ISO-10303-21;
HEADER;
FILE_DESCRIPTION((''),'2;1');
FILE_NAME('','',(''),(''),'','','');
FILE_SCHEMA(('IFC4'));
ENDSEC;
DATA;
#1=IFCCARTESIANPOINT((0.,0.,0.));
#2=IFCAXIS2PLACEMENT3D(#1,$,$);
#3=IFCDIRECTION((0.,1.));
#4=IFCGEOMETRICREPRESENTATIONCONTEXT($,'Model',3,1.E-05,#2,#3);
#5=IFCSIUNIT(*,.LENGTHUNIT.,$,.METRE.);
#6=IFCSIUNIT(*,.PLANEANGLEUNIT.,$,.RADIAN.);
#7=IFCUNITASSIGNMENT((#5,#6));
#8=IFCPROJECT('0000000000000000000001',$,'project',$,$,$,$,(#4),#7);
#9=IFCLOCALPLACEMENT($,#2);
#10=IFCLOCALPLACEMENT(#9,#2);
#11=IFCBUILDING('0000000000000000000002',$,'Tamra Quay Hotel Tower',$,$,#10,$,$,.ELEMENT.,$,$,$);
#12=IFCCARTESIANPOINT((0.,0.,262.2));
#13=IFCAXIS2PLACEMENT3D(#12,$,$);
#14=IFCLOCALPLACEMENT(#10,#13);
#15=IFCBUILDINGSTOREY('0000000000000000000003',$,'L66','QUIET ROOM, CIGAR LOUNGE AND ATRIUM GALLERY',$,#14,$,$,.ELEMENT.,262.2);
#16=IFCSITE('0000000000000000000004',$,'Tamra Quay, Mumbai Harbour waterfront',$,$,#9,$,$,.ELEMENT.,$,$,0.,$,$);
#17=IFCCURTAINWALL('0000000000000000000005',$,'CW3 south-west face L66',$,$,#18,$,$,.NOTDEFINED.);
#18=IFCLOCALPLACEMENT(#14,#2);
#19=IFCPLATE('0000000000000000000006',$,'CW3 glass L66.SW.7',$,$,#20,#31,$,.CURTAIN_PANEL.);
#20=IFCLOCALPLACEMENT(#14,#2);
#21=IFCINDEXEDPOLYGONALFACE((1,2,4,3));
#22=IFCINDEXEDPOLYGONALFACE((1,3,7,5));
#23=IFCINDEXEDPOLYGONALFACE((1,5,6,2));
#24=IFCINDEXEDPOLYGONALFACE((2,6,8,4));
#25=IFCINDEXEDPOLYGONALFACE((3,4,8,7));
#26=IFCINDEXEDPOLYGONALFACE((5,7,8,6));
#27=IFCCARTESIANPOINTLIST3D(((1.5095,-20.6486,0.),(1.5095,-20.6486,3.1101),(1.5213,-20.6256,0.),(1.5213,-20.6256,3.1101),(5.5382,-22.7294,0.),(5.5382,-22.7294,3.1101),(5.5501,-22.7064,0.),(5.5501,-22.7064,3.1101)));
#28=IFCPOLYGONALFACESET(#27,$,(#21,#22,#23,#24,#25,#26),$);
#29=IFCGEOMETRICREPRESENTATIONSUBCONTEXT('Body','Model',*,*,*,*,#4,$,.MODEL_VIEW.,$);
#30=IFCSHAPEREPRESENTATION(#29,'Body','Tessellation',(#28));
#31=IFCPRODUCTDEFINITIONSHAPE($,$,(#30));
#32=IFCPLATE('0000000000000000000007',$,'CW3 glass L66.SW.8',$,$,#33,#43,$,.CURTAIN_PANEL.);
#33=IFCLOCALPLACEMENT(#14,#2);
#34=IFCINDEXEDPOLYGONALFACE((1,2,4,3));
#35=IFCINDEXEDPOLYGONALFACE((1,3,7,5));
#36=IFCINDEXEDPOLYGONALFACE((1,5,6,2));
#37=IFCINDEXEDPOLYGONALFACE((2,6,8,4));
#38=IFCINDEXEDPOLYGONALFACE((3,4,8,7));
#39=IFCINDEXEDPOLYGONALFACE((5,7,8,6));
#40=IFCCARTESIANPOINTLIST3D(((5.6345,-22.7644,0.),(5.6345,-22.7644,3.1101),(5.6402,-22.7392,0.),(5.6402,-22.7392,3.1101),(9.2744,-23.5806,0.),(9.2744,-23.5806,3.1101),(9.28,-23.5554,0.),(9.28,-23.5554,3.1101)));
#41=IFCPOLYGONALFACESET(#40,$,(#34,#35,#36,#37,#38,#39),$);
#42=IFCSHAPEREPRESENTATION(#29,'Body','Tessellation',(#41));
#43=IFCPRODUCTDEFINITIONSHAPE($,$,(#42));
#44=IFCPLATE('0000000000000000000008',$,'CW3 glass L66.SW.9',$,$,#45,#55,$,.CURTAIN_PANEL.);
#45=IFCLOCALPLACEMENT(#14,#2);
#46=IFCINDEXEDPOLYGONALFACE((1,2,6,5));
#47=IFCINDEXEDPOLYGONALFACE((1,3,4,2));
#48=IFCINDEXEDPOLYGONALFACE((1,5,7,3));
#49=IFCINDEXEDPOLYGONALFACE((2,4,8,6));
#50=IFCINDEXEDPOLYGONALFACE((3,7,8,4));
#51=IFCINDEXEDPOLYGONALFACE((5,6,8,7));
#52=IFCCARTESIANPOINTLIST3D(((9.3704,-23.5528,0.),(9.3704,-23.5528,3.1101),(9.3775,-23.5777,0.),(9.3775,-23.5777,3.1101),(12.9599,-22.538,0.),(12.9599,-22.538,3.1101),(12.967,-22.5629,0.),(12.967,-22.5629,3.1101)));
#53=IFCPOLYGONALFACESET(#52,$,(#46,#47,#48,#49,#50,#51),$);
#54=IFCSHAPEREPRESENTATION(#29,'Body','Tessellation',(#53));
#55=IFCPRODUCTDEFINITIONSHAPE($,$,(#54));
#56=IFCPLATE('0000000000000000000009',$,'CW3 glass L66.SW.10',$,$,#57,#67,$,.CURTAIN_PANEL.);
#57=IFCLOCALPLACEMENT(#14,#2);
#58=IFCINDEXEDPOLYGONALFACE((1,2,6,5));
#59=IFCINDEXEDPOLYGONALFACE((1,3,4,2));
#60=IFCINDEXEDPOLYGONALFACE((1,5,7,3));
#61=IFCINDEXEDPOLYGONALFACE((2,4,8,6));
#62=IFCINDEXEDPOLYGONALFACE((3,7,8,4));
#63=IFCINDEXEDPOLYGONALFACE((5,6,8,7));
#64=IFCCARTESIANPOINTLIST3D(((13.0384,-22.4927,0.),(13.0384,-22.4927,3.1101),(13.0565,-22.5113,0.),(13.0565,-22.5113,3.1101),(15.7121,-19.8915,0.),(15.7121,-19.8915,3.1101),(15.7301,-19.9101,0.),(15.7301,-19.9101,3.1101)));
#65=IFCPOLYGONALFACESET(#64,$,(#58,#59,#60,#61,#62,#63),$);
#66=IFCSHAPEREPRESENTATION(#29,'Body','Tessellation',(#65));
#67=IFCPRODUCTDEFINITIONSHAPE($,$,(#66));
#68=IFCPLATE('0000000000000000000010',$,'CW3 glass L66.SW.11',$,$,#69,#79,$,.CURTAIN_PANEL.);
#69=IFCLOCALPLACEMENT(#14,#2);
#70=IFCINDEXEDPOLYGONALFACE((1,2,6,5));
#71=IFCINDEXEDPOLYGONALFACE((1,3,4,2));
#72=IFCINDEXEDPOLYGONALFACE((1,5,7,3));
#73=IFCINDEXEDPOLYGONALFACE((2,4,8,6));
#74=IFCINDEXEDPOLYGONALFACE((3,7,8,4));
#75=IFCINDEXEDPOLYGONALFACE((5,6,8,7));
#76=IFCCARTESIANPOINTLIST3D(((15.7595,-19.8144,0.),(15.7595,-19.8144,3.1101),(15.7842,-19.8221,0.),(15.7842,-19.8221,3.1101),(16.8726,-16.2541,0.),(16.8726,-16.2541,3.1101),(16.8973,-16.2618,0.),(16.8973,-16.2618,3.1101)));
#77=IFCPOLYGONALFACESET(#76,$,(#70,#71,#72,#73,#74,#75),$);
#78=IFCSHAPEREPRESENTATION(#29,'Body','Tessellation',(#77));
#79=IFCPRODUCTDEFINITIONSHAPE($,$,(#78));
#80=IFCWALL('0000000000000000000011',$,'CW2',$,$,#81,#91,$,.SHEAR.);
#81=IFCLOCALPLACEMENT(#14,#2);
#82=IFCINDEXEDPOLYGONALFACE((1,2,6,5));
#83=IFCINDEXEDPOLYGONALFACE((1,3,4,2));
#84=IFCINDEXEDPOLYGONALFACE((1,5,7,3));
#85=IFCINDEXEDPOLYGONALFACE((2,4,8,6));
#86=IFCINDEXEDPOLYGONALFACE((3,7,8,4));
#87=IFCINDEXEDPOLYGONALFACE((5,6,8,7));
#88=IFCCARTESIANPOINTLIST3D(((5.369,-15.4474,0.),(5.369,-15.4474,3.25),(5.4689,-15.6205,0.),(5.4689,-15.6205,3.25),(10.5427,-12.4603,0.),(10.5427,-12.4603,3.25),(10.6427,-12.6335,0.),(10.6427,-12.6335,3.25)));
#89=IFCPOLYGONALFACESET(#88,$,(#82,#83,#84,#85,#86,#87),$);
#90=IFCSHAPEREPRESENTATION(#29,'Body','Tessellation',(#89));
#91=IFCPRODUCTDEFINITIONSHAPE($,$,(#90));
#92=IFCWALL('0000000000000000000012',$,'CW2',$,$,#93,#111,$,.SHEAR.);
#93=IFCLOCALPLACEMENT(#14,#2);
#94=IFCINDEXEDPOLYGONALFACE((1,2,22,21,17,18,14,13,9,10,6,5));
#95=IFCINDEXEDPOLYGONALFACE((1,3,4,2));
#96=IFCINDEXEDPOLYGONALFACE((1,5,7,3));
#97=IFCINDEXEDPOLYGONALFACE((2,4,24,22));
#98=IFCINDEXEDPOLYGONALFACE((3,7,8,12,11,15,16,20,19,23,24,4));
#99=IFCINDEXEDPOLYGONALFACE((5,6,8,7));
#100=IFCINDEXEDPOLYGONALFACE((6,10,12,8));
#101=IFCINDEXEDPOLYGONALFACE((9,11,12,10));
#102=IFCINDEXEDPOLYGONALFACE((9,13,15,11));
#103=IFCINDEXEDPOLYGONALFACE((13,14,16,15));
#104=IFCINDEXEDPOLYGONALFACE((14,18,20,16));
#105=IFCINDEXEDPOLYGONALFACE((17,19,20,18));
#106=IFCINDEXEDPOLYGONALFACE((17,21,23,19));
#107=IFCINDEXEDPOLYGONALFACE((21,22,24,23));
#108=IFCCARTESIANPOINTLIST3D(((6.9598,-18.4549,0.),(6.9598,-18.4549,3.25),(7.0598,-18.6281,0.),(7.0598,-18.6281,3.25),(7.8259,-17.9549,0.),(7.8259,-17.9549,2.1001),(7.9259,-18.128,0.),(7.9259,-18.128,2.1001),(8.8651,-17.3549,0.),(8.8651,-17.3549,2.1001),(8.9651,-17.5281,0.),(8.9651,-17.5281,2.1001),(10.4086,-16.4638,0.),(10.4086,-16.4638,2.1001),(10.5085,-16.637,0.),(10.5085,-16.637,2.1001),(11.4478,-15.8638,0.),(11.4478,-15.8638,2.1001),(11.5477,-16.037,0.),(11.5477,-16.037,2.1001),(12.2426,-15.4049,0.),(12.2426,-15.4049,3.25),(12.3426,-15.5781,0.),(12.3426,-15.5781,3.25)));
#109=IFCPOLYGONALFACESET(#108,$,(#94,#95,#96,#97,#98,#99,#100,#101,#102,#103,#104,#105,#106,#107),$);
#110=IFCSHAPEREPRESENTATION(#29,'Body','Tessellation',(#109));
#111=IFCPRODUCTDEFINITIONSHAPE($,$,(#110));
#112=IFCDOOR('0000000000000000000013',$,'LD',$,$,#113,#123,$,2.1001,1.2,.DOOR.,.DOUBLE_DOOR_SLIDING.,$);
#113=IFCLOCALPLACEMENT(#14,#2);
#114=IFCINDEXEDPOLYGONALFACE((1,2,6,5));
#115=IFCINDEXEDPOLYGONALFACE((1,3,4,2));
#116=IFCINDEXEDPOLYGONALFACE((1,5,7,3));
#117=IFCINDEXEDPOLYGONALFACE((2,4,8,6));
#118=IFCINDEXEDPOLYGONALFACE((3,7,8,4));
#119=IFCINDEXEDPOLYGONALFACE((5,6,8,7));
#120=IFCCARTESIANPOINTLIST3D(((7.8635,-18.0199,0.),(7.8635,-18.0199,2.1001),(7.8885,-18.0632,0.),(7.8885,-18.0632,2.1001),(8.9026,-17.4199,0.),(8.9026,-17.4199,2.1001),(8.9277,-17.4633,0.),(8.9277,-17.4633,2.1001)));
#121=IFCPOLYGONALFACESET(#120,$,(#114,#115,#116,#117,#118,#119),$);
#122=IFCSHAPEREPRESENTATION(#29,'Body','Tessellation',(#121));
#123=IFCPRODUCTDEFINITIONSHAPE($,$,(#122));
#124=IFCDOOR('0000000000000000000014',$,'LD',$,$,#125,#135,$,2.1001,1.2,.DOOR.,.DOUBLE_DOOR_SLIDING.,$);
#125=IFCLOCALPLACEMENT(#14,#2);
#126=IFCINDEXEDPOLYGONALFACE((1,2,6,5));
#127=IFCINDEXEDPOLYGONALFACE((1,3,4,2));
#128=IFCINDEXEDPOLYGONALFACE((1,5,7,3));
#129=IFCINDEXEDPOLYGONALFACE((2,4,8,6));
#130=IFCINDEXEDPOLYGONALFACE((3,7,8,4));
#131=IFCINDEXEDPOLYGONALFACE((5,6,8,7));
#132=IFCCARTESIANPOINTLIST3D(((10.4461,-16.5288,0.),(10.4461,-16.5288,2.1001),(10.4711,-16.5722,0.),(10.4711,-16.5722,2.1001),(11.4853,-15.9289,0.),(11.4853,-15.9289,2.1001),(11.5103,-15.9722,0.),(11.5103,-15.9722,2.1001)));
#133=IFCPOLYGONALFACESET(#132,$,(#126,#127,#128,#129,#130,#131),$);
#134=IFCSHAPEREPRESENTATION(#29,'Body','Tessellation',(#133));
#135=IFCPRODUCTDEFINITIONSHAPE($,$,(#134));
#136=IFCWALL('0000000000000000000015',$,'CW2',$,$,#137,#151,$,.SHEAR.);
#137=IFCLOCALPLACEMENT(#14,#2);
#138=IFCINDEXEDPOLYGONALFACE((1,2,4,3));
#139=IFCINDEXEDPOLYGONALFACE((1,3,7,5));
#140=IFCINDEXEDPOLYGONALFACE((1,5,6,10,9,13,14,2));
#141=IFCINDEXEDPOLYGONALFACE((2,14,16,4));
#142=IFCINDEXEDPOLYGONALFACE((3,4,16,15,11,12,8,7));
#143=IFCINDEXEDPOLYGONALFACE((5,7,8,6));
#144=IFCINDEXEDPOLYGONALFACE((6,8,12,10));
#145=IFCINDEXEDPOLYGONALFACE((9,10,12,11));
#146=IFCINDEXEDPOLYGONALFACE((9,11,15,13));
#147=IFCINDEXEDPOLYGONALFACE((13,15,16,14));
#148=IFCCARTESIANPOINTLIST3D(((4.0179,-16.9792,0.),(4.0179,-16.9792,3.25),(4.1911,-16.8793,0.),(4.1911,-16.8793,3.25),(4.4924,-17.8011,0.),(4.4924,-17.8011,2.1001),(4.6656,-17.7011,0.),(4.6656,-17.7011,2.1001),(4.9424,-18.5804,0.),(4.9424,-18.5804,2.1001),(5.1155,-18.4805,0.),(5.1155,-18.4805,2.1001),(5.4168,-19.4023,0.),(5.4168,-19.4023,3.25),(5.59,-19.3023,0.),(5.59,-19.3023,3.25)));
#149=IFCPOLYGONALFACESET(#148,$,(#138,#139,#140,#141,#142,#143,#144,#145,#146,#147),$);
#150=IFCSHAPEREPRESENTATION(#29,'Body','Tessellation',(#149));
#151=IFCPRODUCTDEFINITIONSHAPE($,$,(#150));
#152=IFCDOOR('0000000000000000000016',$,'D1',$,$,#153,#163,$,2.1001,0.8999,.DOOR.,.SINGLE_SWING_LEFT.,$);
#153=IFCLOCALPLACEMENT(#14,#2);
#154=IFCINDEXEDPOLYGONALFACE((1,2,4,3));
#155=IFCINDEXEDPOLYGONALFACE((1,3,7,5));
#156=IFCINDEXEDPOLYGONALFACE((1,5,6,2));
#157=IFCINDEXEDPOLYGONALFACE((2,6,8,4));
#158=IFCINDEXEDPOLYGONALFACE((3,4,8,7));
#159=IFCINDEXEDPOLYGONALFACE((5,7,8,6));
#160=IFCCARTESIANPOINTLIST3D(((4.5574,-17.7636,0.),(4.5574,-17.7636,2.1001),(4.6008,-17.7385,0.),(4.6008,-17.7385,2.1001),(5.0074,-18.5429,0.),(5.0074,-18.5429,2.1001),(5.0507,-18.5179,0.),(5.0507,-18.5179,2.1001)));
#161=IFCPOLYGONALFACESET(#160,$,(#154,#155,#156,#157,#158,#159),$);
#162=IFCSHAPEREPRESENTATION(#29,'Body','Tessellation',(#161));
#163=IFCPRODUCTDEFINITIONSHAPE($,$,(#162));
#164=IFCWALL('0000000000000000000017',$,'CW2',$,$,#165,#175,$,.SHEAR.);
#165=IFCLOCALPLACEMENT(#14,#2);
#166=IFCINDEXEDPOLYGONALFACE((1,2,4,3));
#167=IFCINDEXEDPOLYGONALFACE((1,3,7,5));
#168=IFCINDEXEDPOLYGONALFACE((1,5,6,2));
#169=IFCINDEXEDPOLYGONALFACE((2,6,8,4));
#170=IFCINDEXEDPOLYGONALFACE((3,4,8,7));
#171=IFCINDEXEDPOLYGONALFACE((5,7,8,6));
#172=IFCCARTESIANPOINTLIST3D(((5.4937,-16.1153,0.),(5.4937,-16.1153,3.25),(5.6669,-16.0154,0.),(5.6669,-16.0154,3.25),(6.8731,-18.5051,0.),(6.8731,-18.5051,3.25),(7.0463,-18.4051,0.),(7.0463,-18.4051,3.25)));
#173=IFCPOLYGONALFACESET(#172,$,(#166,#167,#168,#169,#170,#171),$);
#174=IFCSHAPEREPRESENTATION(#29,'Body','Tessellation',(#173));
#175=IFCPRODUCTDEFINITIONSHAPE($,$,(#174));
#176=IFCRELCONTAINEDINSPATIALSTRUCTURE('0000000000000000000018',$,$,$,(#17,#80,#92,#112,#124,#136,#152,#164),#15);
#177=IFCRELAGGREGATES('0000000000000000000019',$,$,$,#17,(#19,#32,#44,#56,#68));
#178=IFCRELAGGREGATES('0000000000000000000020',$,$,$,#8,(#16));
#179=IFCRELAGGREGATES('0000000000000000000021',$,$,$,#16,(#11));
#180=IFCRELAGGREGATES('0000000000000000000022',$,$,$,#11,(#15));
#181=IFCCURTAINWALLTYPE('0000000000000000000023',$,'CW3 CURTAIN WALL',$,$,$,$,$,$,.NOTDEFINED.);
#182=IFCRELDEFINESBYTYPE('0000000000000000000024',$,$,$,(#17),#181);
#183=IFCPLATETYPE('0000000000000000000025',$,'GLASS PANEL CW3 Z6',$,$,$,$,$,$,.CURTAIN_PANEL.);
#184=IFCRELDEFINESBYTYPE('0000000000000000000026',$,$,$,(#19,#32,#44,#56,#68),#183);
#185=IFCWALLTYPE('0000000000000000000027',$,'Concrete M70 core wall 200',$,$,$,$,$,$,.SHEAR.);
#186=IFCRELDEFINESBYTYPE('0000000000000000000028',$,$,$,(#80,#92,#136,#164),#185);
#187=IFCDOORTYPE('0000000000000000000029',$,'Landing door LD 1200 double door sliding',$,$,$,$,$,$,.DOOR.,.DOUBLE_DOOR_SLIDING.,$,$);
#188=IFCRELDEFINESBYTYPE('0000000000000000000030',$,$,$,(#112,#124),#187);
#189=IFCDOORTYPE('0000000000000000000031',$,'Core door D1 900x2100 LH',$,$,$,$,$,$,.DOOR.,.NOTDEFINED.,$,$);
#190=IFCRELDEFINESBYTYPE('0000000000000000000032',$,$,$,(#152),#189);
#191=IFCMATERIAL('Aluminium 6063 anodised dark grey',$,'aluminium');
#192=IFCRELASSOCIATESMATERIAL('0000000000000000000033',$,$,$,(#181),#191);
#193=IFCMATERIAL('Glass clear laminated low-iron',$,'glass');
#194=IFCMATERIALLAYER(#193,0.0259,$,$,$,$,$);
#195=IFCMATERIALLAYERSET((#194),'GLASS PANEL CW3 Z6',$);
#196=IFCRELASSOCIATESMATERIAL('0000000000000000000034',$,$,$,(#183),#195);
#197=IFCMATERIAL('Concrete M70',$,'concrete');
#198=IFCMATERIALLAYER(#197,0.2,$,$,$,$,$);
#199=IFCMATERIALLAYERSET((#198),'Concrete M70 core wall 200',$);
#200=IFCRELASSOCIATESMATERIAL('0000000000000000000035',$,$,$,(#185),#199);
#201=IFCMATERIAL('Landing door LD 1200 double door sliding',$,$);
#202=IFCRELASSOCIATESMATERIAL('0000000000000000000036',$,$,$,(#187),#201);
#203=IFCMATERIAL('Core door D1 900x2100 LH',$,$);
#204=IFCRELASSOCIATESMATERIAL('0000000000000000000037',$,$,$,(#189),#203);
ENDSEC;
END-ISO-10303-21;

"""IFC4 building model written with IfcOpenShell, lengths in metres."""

from ifc_helpers import new_model, si_unit, direction, frame, frame_2d, origin, origin_2d, place, context, subcontext, project, spatial, rectangle, extrude, material, layer, layer_set, type_object, element, fill, aggregate, save


model = new_model("IFC4")

# Units and contexts
model_context = context("Model", 3, precision=1e-05, world=origin(), true_north=direction((0.0, 1.0)))
body_context = subcontext(model_context, "Body", "Model", "MODEL_VIEW")
ifc_project = project(units=[si_unit("LENGTHUNIT", "METRE"), si_unit("PLANEANGLEUNIT", "RADIAN")], contexts=[model_context])

# Site, building, storey
site_placement = place(None, origin())
site = spatial("IfcSite", under=ifc_project, at=site_placement, Name="Tamra Quay, Mumbai Harbour waterfront", CompositionType="ELEMENT", RefElevation=0.0)
building_placement = place(site_placement, origin())
building = spatial("IfcBuilding", under=site, at=building_placement, Name="Tamra Quay Hotel Tower", CompositionType="ELEMENT")
storey_placement = place(building_placement, frame((0.0, 0.0, 262.2)))
storey = spatial("IfcBuildingStorey", under=building, at=storey_placement, Name="L66", Description="QUIET ROOM, CIGAR LOUNGE AND ATRIUM GALLERY", CompositionType="ELEMENT", Elevation=262.2)

# Shared definitions
ifc_material_1 = material(Name="Concrete M70", Category="concrete")

# Shared definitions
ifc_material_2 = material(Name="Aluminium 6063 anodised dark grey", Category="aluminium")

# Curtain wall
curtain_wall_type_1 = type_object("IfcCurtainWallType", Name="CW3 CURTAIN WALL", PredefinedType="NOTDEFINED", material=ifc_material_2)
curtain_wall_1_placement = place(storey_placement, origin())
curtain_wall_1 = element("IfcCurtainWall", 1, at=curtain_wall_1_placement, inside=storey, type_object=curtain_wall_type_1, Name="CW3 south-west face L66", PredefinedType="NOTDEFINED")

# Plates
ifc_material_3 = material(Name="Glass clear laminated low-iron", Category="glass")
ifc_layer_1 = layer(ifc_material_3, 0.0259)
ifc_layer_set_1 = layer_set([ifc_layer_1], Name="GLASS PANEL CW3 Z6")
plate_type = type_object("IfcPlateType", Name="GLASS PANEL CW3 Z6", PredefinedType="CURTAIN_PANEL", material=ifc_layer_set_1)
plate_1_placement = place(storey_placement, frame((3.5298, -21.6775, 0.0), z_axis=(0.0, 0.0, 1.0), x_axis=(0.888486, -0.458903, 0.0)))
plate_1 = element("IfcPlate", 2, at=plate_1_placement, type_object=plate_type, Name="CW3 glass L66.SW.7", PredefinedType="CURTAIN_PANEL", context=body_context, shape_type="SweptSolid", body=[
    extrude(rectangle(XDim=4.5344, YDim=0.0259, at=origin_2d()), origin(), (0.0, 0.0, 1.0), 3.1101),
])
plate_2_placement = place(storey_placement, frame((7.4573, -23.1599, 0.0), z_axis=(0.0, 0.0, 1.0), x_axis=(0.975768, -0.218806, 0.0)))
plate_2 = element("IfcPlate", 3, at=plate_2_placement, type_object=plate_type, Name="CW3 glass L66.SW.8", PredefinedType="CURTAIN_PANEL", context=body_context, shape_type="SweptSolid", body=[
    extrude(rectangle(XDim=3.7302, YDim=0.0259, at=origin_2d()), origin(), (0.0, 0.0, 1.0), 3.1101),
])
plate_3_placement = place(storey_placement, frame((11.1687, -23.0579, 0.0), z_axis=(0.0, 0.0, 1.0), x_axis=(0.96228, 0.272062, 0.0)))
plate_3 = element("IfcPlate", 4, at=plate_3_placement, type_object=plate_type, Name="CW3 glass L66.SW.9", PredefinedType="CURTAIN_PANEL", context=body_context, shape_type="SweptSolid", body=[
    extrude(rectangle(XDim=3.7302, YDim=0.0259, at=origin_2d()), origin(), (0.0, 0.0, 1.0), 3.1101),
])
plate_4_placement = place(storey_placement, frame((14.3843, -21.2014, 0.0), z_axis=(0.0, 0.0, 1.0), x_axis=(0.716753, 0.697327, 0.0)))
plate_4 = element("IfcPlate", 5, at=plate_4_placement, type_object=plate_type, Name="CW3 glass L66.SW.10", PredefinedType="CURTAIN_PANEL", context=body_context, shape_type="SweptSolid", body=[
    extrude(rectangle(XDim=3.7302, YDim=0.0259, at=origin_2d()), origin(), (0.0, 0.0, 1.0), 3.1101),
])
plate_5_placement = place(storey_placement, frame((16.3284, -18.0381, 0.0), z_axis=(0.0, 0.0, 1.0), x_axis=(0.298392, 0.954443, 0.0)))
plate_5 = element("IfcPlate", 6, at=plate_5_placement, type_object=plate_type, Name="CW3 glass L66.SW.11", PredefinedType="CURTAIN_PANEL", context=body_context, shape_type="SweptSolid", body=[
    extrude(rectangle(XDim=3.7302, YDim=0.0259, at=origin_2d()), origin(), (0.0, 0.0, 1.0), 3.1101),
])
aggregate(curtain_wall_1, [plate_1, plate_2, plate_3, plate_4, plate_5])

# Wall
ifc_layer_2 = layer(ifc_material_1, 0.2)
ifc_layer_set_2 = layer_set([ifc_layer_2], Name="Concrete M70 core wall 200")
wall_type_1 = type_object("IfcWallType", Name="Concrete M70 core wall 200", PredefinedType="SHEAR", material=ifc_layer_set_2)
wall_1_placement = place(storey_placement, frame((5.4189, -15.5339, 0.0), z_axis=(0.0, 0.0, 1.0), x_axis=(0.866029, 0.499994, 0.0)))
element("IfcWall", 7, at=wall_1_placement, inside=storey, type_object=wall_type_1, Name="CW2", PredefinedType="SHEAR", context=body_context, shape_type="SweptSolid", body=[
    extrude(rectangle(XDim=5.9741, YDim=0.2, at=frame_2d((2.9871, 0.0))), origin(), (0.0, 0.0, 1.0), 3.25),
])

# Wall, openings, doors
wall_2_placement = place(storey_placement, frame((7.0098, -18.5415, 0.0), z_axis=(0.0, 0.0, 1.0), x_axis=(0.86603, 0.499992, 0.0)))
wall_2 = element("IfcWall", 8, at=wall_2_placement, inside=storey, type_object=wall_type_1, Name="CW2", PredefinedType="SHEAR", context=body_context, shape_type="SweptSolid", body=[
    extrude(rectangle(XDim=6.1001, YDim=0.2, at=frame_2d((3.05, 0.0))), origin(), (0.0, 0.0, 1.0), 3.25),
])
opening_1_placement = place(wall_2_placement, frame((1.0, 0.0, 0.0)))
opening_1 = element("IfcOpeningElement", 9, at=opening_1_placement, cuts=wall_2, PredefinedType="OPENING", context=body_context, shape_type="SweptSolid", body=[
    extrude(rectangle(XDim=1.2, YDim=2.1001, at=frame_2d((0.6001, 1.05))), frame((0.0, 0.1099, 0.0), z_axis=(0.0, -1.0, 0.0), x_axis=(1.0, 0.0, 0.0)), (0.0, 0.0, 1.0), 0.22),
])
opening_2_placement = place(wall_2_placement, frame((3.9822, 0.0, 0.0)))
opening_2 = element("IfcOpeningElement", 10, at=opening_2_placement, cuts=wall_2, PredefinedType="OPENING", context=body_context, shape_type="SweptSolid", body=[
    extrude(rectangle(XDim=1.2, YDim=2.1001, at=frame_2d((0.6001, 1.05))), frame((0.0, 0.1099, 0.0), z_axis=(0.0, -1.0, 0.0), x_axis=(1.0, 0.0, 0.0)), (0.0, 0.0, 1.0), 0.22),
])
ifc_material_4 = material(Name="Landing door LD 1200 double door sliding")
door_type_1 = type_object("IfcDoorType", Name="Landing door LD 1200 double door sliding", OperationType="DOUBLE_DOOR_SLIDING", PredefinedType="DOOR", material=ifc_material_4)
door_1_placement = place(opening_1_placement, origin())
door_1 = element("IfcDoor", 11, at=door_1_placement, inside=storey, type_object=door_type_1, Name="LD", OperationType="DOUBLE_DOOR_SLIDING", OverallHeight=2.1001, OverallWidth=1.2, PredefinedType="DOOR", context=body_context, shape_type="SweptSolid", body=[
    extrude(rectangle(XDim=1.2, YDim=2.1001, at=frame_2d((0.6001, 1.05))), frame((0.0, 0.0249, 0.0), z_axis=(0.0, -1.0, 0.0), x_axis=(1.0, 0.0, 0.0)), (0.0, 0.0, 1.0), 0.05),
])
fill(opening_1, door_1)
door_2_placement = place(opening_2_placement, origin())
door_2 = element("IfcDoor", 12, at=door_2_placement, inside=storey, type_object=door_type_1, Name="LD", OperationType="DOUBLE_DOOR_SLIDING", OverallHeight=2.1001, OverallWidth=1.2, PredefinedType="DOOR", context=body_context, shape_type="SweptSolid", body=[
    extrude(rectangle(XDim=1.2, YDim=2.1001, at=frame_2d((0.6001, 1.05))), frame((0.0, 0.0249, 0.0), z_axis=(0.0, -1.0, 0.0), x_axis=(1.0, 0.0, 0.0)), (0.0, 0.0, 1.0), 0.05),
])
fill(opening_2, door_2)

# Wall, opening, door
wall_3_placement = place(storey_placement, frame((5.5034, -19.3523, 0.0), z_axis=(0.0, 0.0, 1.0), x_axis=(-0.499987, 0.866033, 0.0)))
wall_3 = element("IfcWall", 13, at=wall_3_placement, inside=storey, type_object=wall_type_1, Name="CW2", PredefinedType="SHEAR", context=body_context, shape_type="SweptSolid", body=[
    extrude(rectangle(XDim=2.7979, YDim=0.2, at=frame_2d((1.3989, 0.0))), origin(), (0.0, 0.0, 1.0), 3.25),
])
opening_3_placement = place(wall_3_placement, frame((0.949, 0.0, 0.0)))
opening_3 = element("IfcOpeningElement", 14, at=opening_3_placement, cuts=wall_3, PredefinedType="OPENING", context=body_context, shape_type="SweptSolid", body=[
    extrude(rectangle(XDim=0.8999, YDim=2.1001, at=frame_2d((0.45, 1.05))), frame((0.0, 0.1099, 0.0), z_axis=(0.0, -1.0, 0.0), x_axis=(1.0, 0.0, 0.0)), (0.0, 0.0, 1.0), 0.22),
])
ifc_material_5 = material(Name="Core door D1 900x2100 LH")
door_type_2 = type_object("IfcDoorType", Name="Core door D1 900x2100 LH", OperationType="NOTDEFINED", PredefinedType="DOOR", material=ifc_material_5)
door_3_placement = place(opening_3_placement, origin())
door_3 = element("IfcDoor", 15, at=door_3_placement, inside=storey, type_object=door_type_2, Name="D1", OperationType="SINGLE_SWING_LEFT", OverallHeight=2.1001, OverallWidth=0.8999, PredefinedType="DOOR", context=body_context, shape_type="SweptSolid", body=[
    extrude(rectangle(XDim=0.8999, YDim=2.1001, at=frame_2d((0.45, 1.05))), frame((0.0, 0.0249, 0.0), z_axis=(0.0, -1.0, 0.0), x_axis=(1.0, 0.0, 0.0)), (0.0, 0.0, 1.0), 0.05),
])
fill(opening_3, door_3)

# Wall
wall_4_placement = place(storey_placement, frame((6.9597, -18.4551, 0.0), z_axis=(0.0, 0.0, 1.0), x_axis=(-0.499927, 0.866068, 0.0)))
element("IfcWall", 16, at=wall_4_placement, inside=storey, type_object=wall_type_1, Name="CW2", PredefinedType="SHEAR", context=body_context, shape_type="SweptSolid", body=[
    extrude(rectangle(XDim=2.7593, YDim=0.2, at=frame_2d((1.3796, 0.0))), origin(), (0.0, 0.0, 1.0), 3.25),
])

save(model, "model.ifc")
